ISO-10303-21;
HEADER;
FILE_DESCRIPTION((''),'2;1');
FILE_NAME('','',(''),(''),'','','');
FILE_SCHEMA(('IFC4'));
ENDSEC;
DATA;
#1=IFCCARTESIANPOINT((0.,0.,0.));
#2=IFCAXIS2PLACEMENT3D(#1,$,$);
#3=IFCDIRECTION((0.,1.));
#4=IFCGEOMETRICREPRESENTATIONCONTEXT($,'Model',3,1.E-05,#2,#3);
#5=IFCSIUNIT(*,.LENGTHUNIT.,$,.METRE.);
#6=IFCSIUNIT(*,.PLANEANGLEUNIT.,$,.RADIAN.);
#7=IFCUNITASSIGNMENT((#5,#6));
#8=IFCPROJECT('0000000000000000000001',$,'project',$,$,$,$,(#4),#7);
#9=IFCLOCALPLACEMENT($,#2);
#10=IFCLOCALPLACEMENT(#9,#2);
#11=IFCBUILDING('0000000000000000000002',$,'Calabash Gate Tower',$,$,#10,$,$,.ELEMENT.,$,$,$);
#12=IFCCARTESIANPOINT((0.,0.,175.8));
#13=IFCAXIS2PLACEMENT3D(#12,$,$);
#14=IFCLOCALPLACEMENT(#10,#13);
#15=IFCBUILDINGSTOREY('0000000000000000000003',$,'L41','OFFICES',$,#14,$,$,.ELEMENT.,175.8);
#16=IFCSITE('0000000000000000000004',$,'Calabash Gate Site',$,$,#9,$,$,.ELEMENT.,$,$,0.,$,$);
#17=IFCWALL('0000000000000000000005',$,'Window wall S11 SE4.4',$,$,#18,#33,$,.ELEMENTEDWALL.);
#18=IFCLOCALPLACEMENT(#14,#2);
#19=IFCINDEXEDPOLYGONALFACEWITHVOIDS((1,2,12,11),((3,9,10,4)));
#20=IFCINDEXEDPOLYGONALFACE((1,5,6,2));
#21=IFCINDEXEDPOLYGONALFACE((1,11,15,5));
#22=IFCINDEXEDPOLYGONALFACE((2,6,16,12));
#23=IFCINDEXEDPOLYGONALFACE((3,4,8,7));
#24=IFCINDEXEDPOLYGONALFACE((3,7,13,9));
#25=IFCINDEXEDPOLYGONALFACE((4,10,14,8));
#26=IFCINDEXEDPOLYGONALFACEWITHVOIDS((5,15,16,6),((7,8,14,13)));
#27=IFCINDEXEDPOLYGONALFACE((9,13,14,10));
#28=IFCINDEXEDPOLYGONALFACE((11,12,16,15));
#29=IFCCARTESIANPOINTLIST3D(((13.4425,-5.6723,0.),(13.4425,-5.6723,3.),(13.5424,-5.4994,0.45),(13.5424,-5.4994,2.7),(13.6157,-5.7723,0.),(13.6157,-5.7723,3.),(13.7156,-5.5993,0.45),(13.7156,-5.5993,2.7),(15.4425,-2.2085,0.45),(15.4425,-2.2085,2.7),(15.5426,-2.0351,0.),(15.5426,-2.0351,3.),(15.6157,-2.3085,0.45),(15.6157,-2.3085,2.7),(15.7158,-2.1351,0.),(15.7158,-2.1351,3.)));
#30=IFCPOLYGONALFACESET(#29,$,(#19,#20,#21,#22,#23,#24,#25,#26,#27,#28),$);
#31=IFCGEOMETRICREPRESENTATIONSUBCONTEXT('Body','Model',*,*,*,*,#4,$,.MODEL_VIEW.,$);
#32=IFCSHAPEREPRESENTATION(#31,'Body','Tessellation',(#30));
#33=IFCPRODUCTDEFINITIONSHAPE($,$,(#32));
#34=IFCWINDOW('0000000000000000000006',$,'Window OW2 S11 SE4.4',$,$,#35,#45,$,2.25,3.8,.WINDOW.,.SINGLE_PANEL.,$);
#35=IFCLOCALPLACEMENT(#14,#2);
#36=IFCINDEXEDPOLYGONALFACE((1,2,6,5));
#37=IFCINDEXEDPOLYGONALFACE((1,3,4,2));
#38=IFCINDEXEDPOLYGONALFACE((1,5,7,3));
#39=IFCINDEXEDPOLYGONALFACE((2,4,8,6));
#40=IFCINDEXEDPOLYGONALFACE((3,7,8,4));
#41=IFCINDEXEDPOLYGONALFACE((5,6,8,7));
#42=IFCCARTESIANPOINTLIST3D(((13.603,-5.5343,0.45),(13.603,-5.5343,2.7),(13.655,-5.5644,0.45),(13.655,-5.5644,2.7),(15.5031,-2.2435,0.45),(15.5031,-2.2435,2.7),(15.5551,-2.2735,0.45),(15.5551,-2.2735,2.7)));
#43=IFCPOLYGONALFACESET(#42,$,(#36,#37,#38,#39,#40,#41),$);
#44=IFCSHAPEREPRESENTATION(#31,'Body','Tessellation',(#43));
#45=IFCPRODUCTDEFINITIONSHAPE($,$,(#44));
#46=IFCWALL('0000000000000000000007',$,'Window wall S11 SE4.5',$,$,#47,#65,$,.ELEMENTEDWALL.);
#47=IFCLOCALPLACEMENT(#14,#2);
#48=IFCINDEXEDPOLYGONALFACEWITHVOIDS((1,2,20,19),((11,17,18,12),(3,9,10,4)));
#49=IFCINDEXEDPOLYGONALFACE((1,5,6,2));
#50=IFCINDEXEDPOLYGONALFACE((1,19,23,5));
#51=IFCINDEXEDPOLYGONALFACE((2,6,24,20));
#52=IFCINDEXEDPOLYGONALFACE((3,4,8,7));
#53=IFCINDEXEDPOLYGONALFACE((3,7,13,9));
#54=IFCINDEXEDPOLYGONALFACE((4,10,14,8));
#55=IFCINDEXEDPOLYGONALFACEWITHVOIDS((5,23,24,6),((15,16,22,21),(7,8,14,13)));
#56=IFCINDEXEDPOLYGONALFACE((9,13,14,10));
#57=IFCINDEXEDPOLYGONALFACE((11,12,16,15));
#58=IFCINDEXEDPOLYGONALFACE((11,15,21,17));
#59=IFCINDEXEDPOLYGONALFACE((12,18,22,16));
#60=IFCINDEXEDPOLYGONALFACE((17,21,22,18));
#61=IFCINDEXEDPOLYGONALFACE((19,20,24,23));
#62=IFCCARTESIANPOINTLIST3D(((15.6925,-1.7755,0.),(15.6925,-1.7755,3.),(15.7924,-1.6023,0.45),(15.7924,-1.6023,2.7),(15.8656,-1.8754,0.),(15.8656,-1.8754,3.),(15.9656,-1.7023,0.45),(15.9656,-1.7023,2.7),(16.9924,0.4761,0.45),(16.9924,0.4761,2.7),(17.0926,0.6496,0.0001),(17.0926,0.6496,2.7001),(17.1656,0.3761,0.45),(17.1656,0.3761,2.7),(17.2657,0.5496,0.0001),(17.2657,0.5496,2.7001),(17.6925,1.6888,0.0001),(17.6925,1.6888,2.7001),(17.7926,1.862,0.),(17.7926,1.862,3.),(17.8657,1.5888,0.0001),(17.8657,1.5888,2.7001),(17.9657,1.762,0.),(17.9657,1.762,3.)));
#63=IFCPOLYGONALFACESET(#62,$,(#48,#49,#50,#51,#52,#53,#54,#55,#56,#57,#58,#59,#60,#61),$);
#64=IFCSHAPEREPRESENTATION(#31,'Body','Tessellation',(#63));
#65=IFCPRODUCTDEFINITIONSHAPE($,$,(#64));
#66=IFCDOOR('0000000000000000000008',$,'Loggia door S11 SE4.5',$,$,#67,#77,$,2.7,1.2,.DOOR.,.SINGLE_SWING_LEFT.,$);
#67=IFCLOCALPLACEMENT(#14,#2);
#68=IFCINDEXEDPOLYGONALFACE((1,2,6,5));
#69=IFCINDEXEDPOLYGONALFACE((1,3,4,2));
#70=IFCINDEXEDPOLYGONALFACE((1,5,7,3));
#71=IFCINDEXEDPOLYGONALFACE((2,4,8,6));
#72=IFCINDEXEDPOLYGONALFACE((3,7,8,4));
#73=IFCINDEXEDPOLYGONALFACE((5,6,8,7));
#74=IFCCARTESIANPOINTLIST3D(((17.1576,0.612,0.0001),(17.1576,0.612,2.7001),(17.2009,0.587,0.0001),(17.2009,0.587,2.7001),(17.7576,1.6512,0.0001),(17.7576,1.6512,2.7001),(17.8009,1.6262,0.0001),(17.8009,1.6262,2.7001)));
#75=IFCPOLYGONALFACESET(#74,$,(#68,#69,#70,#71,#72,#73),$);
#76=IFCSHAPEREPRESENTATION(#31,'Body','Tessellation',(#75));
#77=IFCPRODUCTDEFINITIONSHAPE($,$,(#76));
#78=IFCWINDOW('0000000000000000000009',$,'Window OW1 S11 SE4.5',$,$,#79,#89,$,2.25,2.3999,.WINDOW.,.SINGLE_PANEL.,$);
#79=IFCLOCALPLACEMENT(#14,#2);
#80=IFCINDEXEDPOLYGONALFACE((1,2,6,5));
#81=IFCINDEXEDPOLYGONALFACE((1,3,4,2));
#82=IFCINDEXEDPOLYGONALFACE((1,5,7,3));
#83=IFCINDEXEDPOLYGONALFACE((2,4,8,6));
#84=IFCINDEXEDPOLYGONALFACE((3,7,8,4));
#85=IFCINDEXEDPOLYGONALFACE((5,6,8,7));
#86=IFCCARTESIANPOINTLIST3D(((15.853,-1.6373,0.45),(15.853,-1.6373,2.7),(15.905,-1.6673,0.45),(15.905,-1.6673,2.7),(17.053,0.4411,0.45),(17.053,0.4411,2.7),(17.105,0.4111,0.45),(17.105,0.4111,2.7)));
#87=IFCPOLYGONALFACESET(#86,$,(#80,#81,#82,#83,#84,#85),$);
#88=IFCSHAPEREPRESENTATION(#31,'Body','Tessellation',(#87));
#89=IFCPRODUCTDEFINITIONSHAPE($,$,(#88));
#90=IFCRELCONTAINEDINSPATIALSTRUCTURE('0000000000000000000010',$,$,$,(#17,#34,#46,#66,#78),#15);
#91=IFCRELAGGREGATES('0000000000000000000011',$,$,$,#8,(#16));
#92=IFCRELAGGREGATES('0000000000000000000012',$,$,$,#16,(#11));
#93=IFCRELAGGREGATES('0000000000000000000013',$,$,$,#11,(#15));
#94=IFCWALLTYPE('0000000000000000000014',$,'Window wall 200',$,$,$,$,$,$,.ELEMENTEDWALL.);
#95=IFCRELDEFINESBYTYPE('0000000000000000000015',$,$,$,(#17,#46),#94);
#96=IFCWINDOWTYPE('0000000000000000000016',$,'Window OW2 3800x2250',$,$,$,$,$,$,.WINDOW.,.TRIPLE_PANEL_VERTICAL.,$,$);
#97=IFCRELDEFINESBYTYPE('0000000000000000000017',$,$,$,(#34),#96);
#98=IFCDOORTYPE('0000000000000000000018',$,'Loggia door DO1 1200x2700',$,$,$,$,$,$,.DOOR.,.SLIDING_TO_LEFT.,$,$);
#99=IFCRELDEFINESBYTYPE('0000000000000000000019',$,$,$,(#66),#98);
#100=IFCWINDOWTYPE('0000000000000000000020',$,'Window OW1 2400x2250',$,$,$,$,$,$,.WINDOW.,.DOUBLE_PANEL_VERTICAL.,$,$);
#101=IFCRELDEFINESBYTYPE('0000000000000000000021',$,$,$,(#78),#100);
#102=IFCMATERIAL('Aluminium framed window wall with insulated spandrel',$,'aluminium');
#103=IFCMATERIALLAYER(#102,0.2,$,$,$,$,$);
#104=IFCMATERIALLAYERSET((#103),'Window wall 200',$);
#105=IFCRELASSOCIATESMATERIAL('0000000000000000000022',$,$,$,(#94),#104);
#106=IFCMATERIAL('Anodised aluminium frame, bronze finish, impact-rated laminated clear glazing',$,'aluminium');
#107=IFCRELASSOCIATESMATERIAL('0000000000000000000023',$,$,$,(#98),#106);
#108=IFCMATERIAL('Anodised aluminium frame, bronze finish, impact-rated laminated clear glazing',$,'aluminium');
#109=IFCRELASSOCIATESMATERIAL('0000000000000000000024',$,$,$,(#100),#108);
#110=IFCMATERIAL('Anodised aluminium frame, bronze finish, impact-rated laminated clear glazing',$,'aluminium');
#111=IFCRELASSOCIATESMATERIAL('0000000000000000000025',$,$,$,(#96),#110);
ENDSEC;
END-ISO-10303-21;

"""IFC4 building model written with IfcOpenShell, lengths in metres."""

from ifc_helpers import new_model, si_unit, direction, frame, frame_2d, origin, place, context, subcontext, project, spatial, rectangle, extrude, material, layer, layer_set, type_object, element, fill, save


model = new_model("IFC4")

# Units and contexts
model_context = context("Model", 3, precision=1e-05, world=origin(), true_north=direction((0.0, 1.0)))
body_context = subcontext(model_context, "Body", "Model", "MODEL_VIEW")
ifc_project = project(units=[si_unit("LENGTHUNIT", "METRE"), si_unit("PLANEANGLEUNIT", "RADIAN")], contexts=[model_context])

# Site, building, storey
site_placement = place(None, origin())
site = spatial("IfcSite", under=ifc_project, at=site_placement, Name="Calabash Gate Site", CompositionType="ELEMENT", RefElevation=0.0)
building_placement = place(site_placement, origin())
building = spatial("IfcBuilding", under=site, at=building_placement, Name="Calabash Gate Tower", CompositionType="ELEMENT")
storey_placement = place(building_placement, frame((0.0, 0.0, 175.8)))
storey = spatial("IfcBuildingStorey", under=building, at=storey_placement, Name="L41", Description="OFFICES", CompositionType="ELEMENT", Elevation=175.8)

# Shared definitions
ifc_material_1 = material(Name="Aluminium framed window wall with insulated spandrel", Category="aluminium")
ifc_layer_1 = layer(ifc_material_1, 0.2)
ifc_layer_set_1 = layer_set([ifc_layer_1], Name="Window wall 200")
wall_type_1 = type_object("IfcWallType", Name="Window wall 200", PredefinedType="ELEMENTEDWALL", material=ifc_layer_set_1)
ifc_material_2 = material(Name="Anodised aluminium frame, bronze finish, impact-rated laminated clear glazing", Category="aluminium")
door_type = type_object("IfcDoorType", Name="Loggia door DO1 1200x2700", OperationType="SLIDING_TO_LEFT", PredefinedType="DOOR", material=ifc_material_2)
ifc_material_3 = material(Name="Anodised aluminium frame, bronze finish, impact-rated laminated clear glazing", Category="aluminium")
window_type_1 = type_object("IfcWindowType", Name="Window OW1 2400x2250", PartitioningType="DOUBLE_PANEL_VERTICAL", PredefinedType="WINDOW", material=ifc_material_3)

# Wall, opening, window
wall_1_placement = place(storey_placement, frame((13.5291, -5.7224, 0.0), z_axis=(0.0, 0.0, 1.0), x_axis=(0.500028, 0.866009, 0.0)))
wall_1 = element("IfcWall", 1, at=wall_1_placement, inside=storey, type_object=wall_type_1, Name="Window wall S11 SE4.4", PredefinedType="ELEMENTEDWALL", context=body_context, shape_type="SweptSolid", body=[
    extrude(rectangle(XDim=4.2, YDim=0.2, at=frame_2d((2.1001, 0.0))), origin(), (0.0, 0.0, 1.0), 3.0),
])
opening_1_placement = place(wall_1_placement, frame((0.2, 0.0, 0.45)))
opening_1 = element("IfcOpeningElement", 2, at=opening_1_placement, cuts=wall_1, PredefinedType="OPENING", context=body_context, shape_type="SweptSolid", body=[
    extrude(rectangle(XDim=3.8, YDim=2.25, at=frame_2d((1.8999, 1.125))), frame((0.0, 0.1099, 0.0), z_axis=(0.0, -1.0, 0.0), x_axis=(1.0, 0.0, 0.0)), (0.0, 0.0, 1.0), 0.22),
])
ifc_material_4 = material(Name="Anodised aluminium frame, bronze finish, impact-rated laminated clear glazing", Category="aluminium")
window_type_2 = type_object("IfcWindowType", Name="Window OW2 3800x2250", PartitioningType="TRIPLE_PANEL_VERTICAL", PredefinedType="WINDOW", material=ifc_material_4)
window_1_placement = place(opening_1_placement, origin())
window_1 = element("IfcWindow", 3, at=window_1_placement, inside=storey, type_object=window_type_2, Name="Window OW2 S11 SE4.4", OverallHeight=2.25, OverallWidth=3.8, PartitioningType="SINGLE_PANEL", PredefinedType="WINDOW", context=body_context, shape_type="SweptSolid", body=[
    extrude(rectangle(XDim=3.8, YDim=2.25, at=frame_2d((1.8999, 1.125))), frame((0.0, 0.03, 0.0), z_axis=(0.0, -1.0, 0.0), x_axis=(1.0, 0.0, 0.0)), (0.0, 0.0, 1.0), 0.0601),
])
fill(opening_1, window_1)

# Wall, openings, door, window
wall_2_placement = place(storey_placement, frame((15.7791, -1.8254, 0.0), z_axis=(0.0, 0.0, 1.0), x_axis=(0.500003, 0.866024, 0.0)))
wall_2 = element("IfcWall", 4, at=wall_2_placement, inside=storey, type_object=wall_type_1, Name="Window wall S11 SE4.5", PredefinedType="ELEMENTEDWALL", context=body_context, shape_type="SweptSolid", body=[
    extrude(rectangle(XDim=4.2002, YDim=0.2, at=frame_2d((2.1001, 0.0))), origin(), (0.0, 0.0, 1.0), 3.0),
])
opening_2_placement = place(wall_2_placement, frame((0.2, 0.0, 0.45)))
opening_2 = element("IfcOpeningElement", 5, at=opening_2_placement, cuts=wall_2, PredefinedType="OPENING", context=body_context, shape_type="SweptSolid", body=[
    extrude(rectangle(XDim=2.3999, YDim=2.25, at=frame_2d((1.2, 1.125))), frame((0.0, 0.1099, 0.0), z_axis=(0.0, -1.0, 0.0), x_axis=(1.0, 0.0, 0.0)), (0.0, 0.0, 1.0), 0.22),
])
opening_3_placement = place(wall_2_placement, frame((2.8, 0.0, 0.0)))
opening_3 = element("IfcOpeningElement", 6, at=opening_3_placement, cuts=wall_2, PredefinedType="OPENING", context=body_context, shape_type="SweptSolid", body=[
    extrude(rectangle(XDim=1.2, YDim=2.7, at=frame_2d((0.6001, 1.3501))), frame((0.0, 0.1099, 0.0), z_axis=(0.0, -1.0, 0.0), x_axis=(1.0, 0.0, 0.0)), (0.0, 0.0, 1.0), 0.22),
])
door_1_placement = place(opening_3_placement, origin())
door_1 = element("IfcDoor", 7, at=door_1_placement, inside=storey, type_object=door_type, Name="Loggia door S11 SE4.5", OperationType="SINGLE_SWING_LEFT", OverallHeight=2.7, OverallWidth=1.2, PredefinedType="DOOR", context=body_context, shape_type="SweptSolid", body=[
    extrude(rectangle(XDim=1.2, YDim=2.7, at=frame_2d((0.6001, 1.3501))), frame((0.0, 0.0249, 0.0), z_axis=(0.0, -1.0, 0.0), x_axis=(1.0, 0.0, 0.0)), (0.0, 0.0, 1.0), 0.05),
])
fill(opening_3, door_1)
window_2_placement = place(opening_2_placement, origin())
window_2 = element("IfcWindow", 8, at=window_2_placement, inside=storey, type_object=window_type_1, Name="Window OW1 S11 SE4.5", OverallHeight=2.25, OverallWidth=2.3999, PartitioningType="SINGLE_PANEL", PredefinedType="WINDOW", context=body_context, shape_type="SweptSolid", body=[
    extrude(rectangle(XDim=2.3999, YDim=2.25, at=frame_2d((1.2, 1.125))), frame((0.0, 0.03, 0.0), z_axis=(0.0, -1.0, 0.0), x_axis=(1.0, 0.0, 0.0)), (0.0, 0.0, 1.0), 0.0601),
])
fill(opening_2, window_2)

save(model, "model.ifc")
